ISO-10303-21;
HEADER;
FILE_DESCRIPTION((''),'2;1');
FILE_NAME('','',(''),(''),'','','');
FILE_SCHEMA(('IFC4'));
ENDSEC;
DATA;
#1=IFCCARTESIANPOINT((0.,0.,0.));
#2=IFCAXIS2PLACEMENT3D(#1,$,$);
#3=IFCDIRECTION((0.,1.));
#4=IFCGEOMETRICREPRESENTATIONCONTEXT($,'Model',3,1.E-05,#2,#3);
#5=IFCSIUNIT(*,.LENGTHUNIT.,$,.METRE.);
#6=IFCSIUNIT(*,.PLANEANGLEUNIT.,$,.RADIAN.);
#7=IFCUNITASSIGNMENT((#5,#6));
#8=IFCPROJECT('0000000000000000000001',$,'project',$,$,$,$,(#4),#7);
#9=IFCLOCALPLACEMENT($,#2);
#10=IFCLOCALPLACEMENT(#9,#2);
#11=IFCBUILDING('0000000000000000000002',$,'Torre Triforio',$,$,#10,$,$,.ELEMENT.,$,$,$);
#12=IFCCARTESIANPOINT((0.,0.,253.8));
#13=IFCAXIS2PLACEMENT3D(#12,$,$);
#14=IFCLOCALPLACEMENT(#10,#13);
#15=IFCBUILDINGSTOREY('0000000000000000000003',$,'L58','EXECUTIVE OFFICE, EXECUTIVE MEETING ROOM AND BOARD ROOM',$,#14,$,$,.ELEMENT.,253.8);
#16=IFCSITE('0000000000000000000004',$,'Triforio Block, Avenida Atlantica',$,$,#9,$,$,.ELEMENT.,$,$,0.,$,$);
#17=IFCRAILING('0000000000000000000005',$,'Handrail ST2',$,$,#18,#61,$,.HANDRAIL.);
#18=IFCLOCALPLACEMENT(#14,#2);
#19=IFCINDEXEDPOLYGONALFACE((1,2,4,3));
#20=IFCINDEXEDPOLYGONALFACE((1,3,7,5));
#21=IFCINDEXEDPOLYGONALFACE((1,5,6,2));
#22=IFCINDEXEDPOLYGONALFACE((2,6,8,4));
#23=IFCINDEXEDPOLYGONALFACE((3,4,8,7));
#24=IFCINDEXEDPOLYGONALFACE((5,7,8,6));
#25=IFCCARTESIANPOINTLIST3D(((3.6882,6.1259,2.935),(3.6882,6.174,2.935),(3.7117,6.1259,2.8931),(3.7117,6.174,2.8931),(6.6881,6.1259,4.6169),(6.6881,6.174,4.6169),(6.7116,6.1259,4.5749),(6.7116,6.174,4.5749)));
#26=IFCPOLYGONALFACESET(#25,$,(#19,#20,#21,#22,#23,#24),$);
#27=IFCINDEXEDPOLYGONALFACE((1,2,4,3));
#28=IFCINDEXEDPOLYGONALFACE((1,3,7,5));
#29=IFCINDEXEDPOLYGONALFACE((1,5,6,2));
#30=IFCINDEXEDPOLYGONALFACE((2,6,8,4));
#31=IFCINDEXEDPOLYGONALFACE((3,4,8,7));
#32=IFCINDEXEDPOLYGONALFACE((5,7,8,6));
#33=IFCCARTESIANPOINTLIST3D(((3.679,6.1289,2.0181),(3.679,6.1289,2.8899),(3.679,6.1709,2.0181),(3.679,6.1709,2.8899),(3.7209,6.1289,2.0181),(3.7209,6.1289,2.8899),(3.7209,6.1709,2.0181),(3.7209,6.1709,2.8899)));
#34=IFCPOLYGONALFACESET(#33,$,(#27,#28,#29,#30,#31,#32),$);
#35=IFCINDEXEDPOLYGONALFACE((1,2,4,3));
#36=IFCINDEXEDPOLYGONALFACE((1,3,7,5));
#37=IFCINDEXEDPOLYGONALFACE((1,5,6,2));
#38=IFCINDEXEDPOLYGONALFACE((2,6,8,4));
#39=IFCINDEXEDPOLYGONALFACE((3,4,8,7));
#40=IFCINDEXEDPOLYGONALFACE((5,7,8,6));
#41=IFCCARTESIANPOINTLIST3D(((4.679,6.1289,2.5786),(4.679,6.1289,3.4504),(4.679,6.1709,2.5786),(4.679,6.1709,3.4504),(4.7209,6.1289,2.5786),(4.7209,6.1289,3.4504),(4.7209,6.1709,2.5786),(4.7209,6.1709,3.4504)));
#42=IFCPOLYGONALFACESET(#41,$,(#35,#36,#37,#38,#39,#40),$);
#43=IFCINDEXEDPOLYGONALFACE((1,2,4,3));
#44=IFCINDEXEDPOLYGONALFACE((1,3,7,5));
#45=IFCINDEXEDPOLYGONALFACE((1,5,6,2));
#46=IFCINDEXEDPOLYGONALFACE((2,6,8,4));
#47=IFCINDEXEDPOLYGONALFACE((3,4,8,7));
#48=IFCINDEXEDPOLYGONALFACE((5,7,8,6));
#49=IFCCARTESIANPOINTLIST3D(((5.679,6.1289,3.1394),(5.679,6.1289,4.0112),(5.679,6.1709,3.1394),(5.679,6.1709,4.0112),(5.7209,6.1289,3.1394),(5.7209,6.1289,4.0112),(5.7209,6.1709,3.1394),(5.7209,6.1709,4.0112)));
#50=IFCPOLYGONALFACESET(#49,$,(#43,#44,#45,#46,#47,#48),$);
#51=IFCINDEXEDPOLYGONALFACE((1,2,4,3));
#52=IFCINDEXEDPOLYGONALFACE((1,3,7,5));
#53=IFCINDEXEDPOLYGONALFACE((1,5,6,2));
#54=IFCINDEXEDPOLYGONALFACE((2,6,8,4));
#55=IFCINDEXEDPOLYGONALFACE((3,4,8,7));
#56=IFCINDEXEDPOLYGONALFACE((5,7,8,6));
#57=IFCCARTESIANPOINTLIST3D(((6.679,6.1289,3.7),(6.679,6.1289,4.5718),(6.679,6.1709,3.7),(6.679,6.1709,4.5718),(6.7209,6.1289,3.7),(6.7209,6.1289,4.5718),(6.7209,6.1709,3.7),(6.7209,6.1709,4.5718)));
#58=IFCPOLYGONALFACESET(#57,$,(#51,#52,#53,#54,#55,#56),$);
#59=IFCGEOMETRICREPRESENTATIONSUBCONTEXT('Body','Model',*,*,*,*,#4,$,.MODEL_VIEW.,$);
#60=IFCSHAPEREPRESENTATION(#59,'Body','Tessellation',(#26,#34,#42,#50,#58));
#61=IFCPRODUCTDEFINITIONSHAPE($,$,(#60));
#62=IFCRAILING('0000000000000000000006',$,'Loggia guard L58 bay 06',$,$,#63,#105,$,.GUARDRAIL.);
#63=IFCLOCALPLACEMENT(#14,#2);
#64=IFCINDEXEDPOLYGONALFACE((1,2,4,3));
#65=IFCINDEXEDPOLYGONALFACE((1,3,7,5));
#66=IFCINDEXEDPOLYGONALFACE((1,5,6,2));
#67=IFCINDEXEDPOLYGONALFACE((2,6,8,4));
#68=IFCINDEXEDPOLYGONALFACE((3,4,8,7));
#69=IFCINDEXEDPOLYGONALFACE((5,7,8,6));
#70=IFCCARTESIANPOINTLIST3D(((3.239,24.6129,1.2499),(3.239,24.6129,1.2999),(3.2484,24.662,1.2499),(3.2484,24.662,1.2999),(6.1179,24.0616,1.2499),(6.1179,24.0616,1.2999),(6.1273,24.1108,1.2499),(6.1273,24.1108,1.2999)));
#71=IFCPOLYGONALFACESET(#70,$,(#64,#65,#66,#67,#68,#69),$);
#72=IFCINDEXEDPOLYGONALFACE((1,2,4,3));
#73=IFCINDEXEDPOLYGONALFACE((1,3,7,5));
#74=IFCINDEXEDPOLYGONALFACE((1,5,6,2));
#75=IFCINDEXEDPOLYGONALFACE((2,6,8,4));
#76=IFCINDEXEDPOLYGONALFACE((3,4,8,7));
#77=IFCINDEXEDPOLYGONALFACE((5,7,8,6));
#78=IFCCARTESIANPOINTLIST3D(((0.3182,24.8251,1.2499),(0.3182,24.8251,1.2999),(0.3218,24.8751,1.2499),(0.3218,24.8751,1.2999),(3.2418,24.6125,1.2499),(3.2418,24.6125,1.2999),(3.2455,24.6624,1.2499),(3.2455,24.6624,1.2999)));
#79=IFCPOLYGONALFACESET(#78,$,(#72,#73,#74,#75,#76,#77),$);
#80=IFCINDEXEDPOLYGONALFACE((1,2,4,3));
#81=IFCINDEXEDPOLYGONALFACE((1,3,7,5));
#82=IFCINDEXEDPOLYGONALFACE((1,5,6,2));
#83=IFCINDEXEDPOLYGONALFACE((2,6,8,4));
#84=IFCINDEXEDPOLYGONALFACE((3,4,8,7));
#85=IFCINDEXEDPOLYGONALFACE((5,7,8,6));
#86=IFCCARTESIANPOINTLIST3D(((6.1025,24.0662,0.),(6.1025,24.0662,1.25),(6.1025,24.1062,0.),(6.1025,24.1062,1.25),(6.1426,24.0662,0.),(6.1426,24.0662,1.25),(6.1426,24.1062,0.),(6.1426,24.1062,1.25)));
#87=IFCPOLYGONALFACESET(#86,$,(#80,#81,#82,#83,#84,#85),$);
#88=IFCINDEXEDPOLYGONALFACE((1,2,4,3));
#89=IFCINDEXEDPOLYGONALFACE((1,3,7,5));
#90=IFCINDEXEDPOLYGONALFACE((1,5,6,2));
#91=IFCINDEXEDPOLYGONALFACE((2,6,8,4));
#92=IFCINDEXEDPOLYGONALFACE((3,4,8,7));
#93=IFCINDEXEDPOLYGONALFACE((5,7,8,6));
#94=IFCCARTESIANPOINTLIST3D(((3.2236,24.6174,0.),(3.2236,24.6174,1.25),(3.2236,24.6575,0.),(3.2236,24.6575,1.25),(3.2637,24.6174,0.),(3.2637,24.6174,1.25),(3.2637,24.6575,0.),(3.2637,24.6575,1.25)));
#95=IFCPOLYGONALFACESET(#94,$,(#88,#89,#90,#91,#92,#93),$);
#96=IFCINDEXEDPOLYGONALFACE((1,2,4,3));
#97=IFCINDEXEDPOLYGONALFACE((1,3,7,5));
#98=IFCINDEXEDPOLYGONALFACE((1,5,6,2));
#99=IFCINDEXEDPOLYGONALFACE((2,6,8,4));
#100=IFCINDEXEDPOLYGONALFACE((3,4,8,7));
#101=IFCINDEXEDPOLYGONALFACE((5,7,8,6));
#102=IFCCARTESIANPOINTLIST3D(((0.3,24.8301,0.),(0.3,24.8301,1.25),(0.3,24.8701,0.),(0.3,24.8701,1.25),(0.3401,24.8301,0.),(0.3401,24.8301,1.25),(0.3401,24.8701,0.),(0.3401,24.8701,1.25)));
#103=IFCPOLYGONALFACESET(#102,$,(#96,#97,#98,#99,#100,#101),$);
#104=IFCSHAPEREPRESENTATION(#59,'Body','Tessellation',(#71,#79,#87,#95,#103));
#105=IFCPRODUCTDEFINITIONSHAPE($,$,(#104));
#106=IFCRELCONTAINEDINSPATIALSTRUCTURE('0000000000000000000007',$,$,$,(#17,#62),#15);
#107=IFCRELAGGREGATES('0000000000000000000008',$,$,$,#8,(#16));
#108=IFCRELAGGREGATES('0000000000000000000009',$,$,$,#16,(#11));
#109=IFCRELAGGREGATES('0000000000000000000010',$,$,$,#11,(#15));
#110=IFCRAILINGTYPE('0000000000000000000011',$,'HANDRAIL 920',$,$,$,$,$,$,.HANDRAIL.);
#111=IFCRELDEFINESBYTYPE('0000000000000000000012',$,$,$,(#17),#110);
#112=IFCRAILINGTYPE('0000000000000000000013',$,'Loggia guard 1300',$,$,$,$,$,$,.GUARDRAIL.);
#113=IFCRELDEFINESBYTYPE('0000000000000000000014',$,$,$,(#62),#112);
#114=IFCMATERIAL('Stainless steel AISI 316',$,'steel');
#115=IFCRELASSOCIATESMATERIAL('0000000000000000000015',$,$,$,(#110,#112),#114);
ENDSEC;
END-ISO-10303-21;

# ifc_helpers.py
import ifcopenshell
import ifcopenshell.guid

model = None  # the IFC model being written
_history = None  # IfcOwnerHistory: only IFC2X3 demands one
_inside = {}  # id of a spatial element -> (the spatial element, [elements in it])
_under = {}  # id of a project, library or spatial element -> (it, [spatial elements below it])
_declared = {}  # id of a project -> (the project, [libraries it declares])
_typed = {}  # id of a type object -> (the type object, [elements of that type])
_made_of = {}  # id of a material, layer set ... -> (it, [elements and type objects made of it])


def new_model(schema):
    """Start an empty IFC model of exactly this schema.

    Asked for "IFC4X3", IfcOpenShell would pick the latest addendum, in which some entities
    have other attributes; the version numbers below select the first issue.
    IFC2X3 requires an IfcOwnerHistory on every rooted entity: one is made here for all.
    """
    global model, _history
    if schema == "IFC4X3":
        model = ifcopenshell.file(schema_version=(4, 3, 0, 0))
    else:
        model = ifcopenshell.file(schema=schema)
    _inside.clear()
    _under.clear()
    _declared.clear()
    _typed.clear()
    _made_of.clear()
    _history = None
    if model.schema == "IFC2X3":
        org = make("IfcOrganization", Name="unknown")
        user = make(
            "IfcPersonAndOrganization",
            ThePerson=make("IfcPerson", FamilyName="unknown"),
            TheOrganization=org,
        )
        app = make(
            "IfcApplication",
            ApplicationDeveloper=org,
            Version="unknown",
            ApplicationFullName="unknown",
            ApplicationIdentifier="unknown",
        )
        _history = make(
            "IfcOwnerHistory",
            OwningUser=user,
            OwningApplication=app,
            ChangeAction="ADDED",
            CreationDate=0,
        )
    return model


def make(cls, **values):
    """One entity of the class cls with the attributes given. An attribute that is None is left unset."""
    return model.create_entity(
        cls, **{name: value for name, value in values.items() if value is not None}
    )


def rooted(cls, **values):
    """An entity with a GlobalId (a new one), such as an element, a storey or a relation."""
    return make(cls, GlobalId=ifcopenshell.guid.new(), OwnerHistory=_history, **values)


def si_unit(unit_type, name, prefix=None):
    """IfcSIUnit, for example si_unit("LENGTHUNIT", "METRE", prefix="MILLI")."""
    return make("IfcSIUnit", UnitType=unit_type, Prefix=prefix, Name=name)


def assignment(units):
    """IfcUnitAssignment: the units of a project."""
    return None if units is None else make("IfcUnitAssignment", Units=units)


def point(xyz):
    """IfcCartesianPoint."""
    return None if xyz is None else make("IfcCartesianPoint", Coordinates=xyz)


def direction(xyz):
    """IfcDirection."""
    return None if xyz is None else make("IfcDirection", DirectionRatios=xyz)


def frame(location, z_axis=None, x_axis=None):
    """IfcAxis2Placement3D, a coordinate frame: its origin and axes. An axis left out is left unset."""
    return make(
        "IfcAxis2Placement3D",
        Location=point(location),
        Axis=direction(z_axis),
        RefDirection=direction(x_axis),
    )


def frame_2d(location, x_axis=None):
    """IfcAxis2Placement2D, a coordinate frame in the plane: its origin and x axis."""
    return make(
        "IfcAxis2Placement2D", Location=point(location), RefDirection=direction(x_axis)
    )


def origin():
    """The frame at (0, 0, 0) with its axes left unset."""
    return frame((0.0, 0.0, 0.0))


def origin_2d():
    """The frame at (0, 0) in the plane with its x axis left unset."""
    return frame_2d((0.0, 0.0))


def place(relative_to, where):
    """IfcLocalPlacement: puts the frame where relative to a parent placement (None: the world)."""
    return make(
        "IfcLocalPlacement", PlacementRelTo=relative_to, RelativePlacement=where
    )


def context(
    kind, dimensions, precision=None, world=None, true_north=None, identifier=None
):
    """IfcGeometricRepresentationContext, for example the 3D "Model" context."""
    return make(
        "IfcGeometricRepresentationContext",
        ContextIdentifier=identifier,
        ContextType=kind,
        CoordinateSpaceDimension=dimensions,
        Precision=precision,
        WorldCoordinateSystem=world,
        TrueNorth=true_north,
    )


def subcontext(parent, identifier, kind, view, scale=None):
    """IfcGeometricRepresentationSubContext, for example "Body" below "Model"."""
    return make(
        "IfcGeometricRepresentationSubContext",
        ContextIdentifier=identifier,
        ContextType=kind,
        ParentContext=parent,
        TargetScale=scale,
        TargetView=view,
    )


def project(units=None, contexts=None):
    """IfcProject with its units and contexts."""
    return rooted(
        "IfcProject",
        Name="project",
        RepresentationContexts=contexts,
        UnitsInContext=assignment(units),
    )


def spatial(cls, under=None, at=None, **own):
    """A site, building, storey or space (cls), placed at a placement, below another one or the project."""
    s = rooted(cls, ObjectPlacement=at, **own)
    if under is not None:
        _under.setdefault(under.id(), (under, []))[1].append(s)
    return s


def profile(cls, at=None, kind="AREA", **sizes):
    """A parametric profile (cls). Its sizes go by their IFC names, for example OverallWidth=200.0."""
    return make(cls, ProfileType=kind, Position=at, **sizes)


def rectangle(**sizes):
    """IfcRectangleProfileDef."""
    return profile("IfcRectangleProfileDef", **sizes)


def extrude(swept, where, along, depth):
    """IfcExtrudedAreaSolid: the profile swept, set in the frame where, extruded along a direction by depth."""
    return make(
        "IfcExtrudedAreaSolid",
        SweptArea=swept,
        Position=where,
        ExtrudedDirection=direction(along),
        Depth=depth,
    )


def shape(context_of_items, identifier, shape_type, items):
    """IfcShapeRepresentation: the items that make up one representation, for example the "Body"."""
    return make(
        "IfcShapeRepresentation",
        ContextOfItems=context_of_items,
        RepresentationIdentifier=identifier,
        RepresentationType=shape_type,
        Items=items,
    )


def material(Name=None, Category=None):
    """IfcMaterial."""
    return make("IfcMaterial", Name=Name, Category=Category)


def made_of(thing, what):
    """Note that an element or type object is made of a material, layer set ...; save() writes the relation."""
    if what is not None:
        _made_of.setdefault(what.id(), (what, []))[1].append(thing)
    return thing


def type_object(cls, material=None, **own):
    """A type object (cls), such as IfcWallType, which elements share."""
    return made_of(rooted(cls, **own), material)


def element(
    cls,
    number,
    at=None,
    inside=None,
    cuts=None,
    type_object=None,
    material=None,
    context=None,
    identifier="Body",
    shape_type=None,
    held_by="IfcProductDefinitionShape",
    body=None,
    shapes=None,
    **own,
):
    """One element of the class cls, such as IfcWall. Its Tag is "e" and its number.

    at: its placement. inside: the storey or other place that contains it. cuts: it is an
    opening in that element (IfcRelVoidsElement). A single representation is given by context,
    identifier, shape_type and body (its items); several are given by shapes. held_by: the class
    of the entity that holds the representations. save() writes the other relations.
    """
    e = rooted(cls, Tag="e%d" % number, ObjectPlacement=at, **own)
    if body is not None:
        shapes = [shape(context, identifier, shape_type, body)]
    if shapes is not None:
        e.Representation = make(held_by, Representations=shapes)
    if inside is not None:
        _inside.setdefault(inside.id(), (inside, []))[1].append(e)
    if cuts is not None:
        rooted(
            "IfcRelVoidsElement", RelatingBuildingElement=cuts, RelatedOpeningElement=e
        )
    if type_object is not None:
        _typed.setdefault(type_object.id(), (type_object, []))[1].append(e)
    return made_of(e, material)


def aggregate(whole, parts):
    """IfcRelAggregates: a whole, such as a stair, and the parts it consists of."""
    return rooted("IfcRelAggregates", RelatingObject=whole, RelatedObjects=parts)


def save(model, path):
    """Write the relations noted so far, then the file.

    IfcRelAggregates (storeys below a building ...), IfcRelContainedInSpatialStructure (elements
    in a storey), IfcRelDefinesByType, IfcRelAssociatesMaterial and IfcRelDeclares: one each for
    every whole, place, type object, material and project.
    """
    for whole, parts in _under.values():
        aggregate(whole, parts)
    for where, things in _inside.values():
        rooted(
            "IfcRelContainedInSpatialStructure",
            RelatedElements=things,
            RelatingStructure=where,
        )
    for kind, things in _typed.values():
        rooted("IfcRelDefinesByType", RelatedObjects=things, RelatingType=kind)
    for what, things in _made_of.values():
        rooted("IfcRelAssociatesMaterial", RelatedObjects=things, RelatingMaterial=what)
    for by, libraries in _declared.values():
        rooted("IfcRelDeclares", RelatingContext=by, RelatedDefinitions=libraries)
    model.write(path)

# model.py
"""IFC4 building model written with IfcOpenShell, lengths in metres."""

from ifc_helpers import new_model, si_unit, direction, frame, origin, origin_2d, place, context, subcontext, project, spatial, rectangle, extrude, material, type_object, element, save


model = new_model("IFC4")

# Units and contexts
model_context = context("Model", 3, precision=1e-05, world=origin(), true_north=direction((0.0, 1.0)))
body_context = subcontext(model_context, "Body", "Model", "MODEL_VIEW")
ifc_project = project(units=[si_unit("LENGTHUNIT", "METRE"), si_unit("PLANEANGLEUNIT", "RADIAN")], contexts=[model_context])

# Site, building, storey
site_placement = place(None, origin())
site = spatial("IfcSite", under=ifc_project, at=site_placement, Name="Triforio Block, Avenida Atlantica", CompositionType="ELEMENT", RefElevation=0.0)
building_placement = place(site_placement, origin())
building = spatial("IfcBuilding", under=site, at=building_placement, Name="Torre Triforio", CompositionType="ELEMENT")
storey_placement = place(building_placement, frame((0.0, 0.0, 253.8)))
storey = spatial("IfcBuildingStorey", under=building, at=storey_placement, Name="L58", Description="EXECUTIVE OFFICE, EXECUTIVE MEETING ROOM AND BOARD ROOM", CompositionType="ELEMENT", Elevation=253.8)

# Railings
ifc_material_1 = material(Name="Stainless steel AISI 316", Category="steel")
railing_type_1 = type_object("IfcRailingType", Name="HANDRAIL 920", PredefinedType="HANDRAIL", material=ifc_material_1)
for number, where, name in (
    (1, (3.7, 6.1499, 2.0181), "Handrail ST2"),
):
    element("IfcRailing", number, at=place(storey_placement, frame(where)), inside=storey, type_object=railing_type_1, Name=name, PredefinedType="HANDRAIL", context=body_context, shape_type="SweptSolid", body=[
        extrude(rectangle(XDim=0.0481, YDim=0.0481, at=origin_2d()), frame((0.0, 0.0, 0.896), z_axis=(0.872272, 0.0, 0.48902), x_axis=(0.0, 1.0, 0.0)), (0.0, 0.0, 1.0), 3.4392),
        extrude(rectangle(XDim=0.042, YDim=0.042, at=origin_2d()), origin(), (0.0, 0.0, 1.0), 0.8718),
        extrude(rectangle(XDim=0.042, YDim=0.042, at=origin_2d()), frame((1.0, 0.0, 0.5605)), (0.0, 0.0, 1.0), 0.8718),
        extrude(rectangle(XDim=0.042, YDim=0.042, at=origin_2d()), frame((2.0, 0.0, 1.1213)), (0.0, 0.0, 1.0), 0.8718),
        extrude(rectangle(XDim=0.042, YDim=0.042, at=origin_2d()), frame((3.0, 0.0, 1.6819)), (0.0, 0.0, 1.0), 0.8718),
    ])
railing_type_2 = type_object("IfcRailingType", Name="Loggia guard 1300", PredefinedType="GUARDRAIL", material=ifc_material_1)
railing_placement = place(storey_placement, frame((6.1226, 24.0862, 0.0)))
element("IfcRailing", 2, at=railing_placement, inside=storey, type_object=railing_type_2, Name="Loggia guard L58 bay 06", PredefinedType="GUARDRAIL", context=body_context, shape_type="SweptSolid", body=[
    extrude(rectangle(XDim=0.05, YDim=0.05, at=origin_2d()), frame((0.0, 0.0, 1.2749), z_axis=(-0.982156, 0.188069, 0.0), x_axis=(-0.188069, -0.982156, 0.0)), (0.0, 0.0, 1.0), 2.9312),
    extrude(rectangle(XDim=0.05, YDim=0.05, at=origin_2d()), frame((-2.8789, 0.5513, 1.2749), z_axis=(-0.997365, 0.072543, 0.0), x_axis=(-0.072543, -0.997365, 0.0)), (0.0, 0.0, 1.0), 2.9314),
    extrude(rectangle(XDim=0.04, YDim=0.04, at=origin_2d()), origin(), (0.0, 0.0, 1.0), 1.25),
    extrude(rectangle(XDim=0.04, YDim=0.04, at=origin_2d()), frame((-2.8789, 0.5513, 0.0)), (0.0, 0.0, 1.0), 1.25),
    extrude(rectangle(XDim=0.04, YDim=0.04, at=origin_2d()), frame((-5.8025, 0.7639, 0.0)), (0.0, 0.0, 1.0), 1.25),
])

save(model, "model.ifc")
